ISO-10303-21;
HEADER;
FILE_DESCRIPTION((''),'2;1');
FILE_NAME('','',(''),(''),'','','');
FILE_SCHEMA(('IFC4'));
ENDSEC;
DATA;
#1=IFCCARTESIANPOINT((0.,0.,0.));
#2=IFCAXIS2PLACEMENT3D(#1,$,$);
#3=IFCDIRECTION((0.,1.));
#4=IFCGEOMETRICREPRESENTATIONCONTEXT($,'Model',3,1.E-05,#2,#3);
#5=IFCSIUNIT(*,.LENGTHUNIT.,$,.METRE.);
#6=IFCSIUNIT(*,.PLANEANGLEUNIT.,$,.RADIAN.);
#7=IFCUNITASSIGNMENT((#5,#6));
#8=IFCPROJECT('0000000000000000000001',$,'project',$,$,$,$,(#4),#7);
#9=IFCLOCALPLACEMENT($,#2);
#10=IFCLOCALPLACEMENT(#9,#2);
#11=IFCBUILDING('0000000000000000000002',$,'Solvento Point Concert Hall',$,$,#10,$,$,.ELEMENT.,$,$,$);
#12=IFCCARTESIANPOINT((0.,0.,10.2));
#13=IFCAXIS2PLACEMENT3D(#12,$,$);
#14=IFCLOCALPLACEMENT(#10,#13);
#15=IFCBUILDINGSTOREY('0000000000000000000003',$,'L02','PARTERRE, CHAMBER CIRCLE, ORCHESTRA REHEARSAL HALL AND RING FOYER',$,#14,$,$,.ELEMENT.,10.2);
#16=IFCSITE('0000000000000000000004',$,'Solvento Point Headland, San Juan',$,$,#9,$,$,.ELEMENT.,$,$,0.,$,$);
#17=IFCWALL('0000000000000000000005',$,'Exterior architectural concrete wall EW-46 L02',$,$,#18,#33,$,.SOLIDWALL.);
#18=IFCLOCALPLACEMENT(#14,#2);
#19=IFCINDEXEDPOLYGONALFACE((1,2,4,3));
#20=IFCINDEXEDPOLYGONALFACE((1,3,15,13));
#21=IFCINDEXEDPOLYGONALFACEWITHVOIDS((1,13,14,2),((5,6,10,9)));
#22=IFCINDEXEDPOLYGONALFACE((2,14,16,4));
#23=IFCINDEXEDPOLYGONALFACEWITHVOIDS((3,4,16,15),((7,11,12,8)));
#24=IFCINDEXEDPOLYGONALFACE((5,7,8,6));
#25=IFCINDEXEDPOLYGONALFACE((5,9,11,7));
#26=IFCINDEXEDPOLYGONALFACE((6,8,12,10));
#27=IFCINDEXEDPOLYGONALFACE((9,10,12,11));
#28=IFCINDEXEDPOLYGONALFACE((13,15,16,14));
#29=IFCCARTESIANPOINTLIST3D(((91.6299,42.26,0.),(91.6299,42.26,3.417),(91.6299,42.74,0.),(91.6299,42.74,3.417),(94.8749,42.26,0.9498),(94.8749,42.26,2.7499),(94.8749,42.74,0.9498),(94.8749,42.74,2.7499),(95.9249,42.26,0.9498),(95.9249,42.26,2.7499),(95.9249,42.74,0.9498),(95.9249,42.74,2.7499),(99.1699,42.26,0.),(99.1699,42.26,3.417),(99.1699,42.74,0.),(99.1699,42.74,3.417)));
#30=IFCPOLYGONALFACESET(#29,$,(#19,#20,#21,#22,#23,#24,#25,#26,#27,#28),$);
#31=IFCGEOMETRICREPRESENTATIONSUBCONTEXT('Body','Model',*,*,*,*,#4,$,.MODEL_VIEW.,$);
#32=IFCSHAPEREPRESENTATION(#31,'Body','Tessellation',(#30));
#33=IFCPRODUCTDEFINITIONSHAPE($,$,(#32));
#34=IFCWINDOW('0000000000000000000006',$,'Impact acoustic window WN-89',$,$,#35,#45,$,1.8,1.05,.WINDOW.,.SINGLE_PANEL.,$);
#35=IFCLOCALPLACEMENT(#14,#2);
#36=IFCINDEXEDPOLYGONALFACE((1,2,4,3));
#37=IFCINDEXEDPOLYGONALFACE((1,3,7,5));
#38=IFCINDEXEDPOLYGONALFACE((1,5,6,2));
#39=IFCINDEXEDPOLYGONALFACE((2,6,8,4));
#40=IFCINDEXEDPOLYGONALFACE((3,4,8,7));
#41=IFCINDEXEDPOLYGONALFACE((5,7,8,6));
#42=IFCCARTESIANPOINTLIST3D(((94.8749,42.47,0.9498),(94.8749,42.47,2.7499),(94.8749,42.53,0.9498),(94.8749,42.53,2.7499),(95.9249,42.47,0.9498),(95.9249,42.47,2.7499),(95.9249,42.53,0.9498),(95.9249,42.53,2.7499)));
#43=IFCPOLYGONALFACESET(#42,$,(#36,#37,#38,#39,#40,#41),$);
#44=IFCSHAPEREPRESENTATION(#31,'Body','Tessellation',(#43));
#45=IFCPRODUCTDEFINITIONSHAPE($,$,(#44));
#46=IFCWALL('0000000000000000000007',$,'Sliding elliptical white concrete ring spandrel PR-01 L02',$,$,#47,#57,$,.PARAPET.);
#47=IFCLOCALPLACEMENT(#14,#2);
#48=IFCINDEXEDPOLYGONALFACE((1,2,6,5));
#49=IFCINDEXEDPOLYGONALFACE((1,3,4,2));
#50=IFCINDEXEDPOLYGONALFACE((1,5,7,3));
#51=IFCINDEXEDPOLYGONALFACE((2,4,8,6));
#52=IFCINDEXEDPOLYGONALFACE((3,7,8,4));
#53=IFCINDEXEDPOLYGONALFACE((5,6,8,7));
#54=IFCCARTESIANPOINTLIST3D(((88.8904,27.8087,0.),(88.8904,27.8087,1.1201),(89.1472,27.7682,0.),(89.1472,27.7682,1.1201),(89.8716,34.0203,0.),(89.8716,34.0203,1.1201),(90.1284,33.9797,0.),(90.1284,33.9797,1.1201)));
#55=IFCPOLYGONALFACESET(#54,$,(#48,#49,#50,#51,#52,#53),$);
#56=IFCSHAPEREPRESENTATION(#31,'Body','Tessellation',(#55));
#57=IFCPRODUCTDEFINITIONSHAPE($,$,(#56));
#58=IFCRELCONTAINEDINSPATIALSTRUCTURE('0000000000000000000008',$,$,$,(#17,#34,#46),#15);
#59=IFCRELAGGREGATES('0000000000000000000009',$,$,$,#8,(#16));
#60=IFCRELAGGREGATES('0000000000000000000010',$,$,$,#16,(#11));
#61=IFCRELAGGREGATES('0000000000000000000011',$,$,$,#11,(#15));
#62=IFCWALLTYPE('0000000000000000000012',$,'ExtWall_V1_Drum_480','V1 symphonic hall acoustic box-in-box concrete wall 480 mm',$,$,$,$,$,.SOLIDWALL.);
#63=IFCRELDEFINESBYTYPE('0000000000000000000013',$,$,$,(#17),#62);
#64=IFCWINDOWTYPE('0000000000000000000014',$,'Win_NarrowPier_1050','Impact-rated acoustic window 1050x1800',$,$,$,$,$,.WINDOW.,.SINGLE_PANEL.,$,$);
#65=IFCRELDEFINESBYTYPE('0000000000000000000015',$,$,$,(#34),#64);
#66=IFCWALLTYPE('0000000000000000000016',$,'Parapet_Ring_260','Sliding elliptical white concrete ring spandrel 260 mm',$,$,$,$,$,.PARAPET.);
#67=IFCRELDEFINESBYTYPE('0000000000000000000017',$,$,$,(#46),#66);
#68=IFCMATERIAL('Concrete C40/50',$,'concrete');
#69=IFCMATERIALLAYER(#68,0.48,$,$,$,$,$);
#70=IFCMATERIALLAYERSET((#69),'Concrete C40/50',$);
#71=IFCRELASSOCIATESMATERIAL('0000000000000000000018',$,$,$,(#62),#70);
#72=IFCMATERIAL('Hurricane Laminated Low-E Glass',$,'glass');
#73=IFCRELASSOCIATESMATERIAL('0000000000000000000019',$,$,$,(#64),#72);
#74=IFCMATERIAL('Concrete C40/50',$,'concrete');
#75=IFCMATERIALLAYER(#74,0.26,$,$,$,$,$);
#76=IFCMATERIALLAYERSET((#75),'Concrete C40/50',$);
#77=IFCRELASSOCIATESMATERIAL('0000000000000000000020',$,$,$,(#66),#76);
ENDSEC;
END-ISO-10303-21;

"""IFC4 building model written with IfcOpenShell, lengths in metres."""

from ifc_helpers import new_model, si_unit, direction, frame, frame_2d, origin, place, context, subcontext, project, spatial, rectangle, extrude, material, layer, layer_set, type_object, element, fill, save


model = new_model("IFC4")

# Units and contexts
model_context = context("Model", 3, precision=1e-05, world=origin(), true_north=direction((0.0, 1.0)))
body_context = subcontext(model_context, "Body", "Model", "MODEL_VIEW")
ifc_project = project(units=[si_unit("LENGTHUNIT", "METRE"), si_unit("PLANEANGLEUNIT", "RADIAN")], contexts=[model_context])

# Site, building, storey
site_placement = place(None, origin())
site = spatial("IfcSite", under=ifc_project, at=site_placement, Name="Solvento Point Headland, San Juan", CompositionType="ELEMENT", RefElevation=0.0)
building_placement = place(site_placement, origin())
building = spatial("IfcBuilding", under=site, at=building_placement, Name="Solvento Point Concert Hall", CompositionType="ELEMENT")
storey_placement = place(building_placement, frame((0.0, 0.0, 10.2)))
storey = spatial("IfcBuildingStorey", under=building, at=storey_placement, Name="L02", Description="PARTERRE, CHAMBER CIRCLE, ORCHESTRA REHEARSAL HALL AND RING FOYER", CompositionType="ELEMENT", Elevation=10.2)

# Wall, opening, window
ifc_material_1 = material(Name="Concrete C40/50", Category="concrete")
ifc_layer_1 = layer(ifc_material_1, 0.48)
ifc_layer_set_1 = layer_set([ifc_layer_1], Name="Concrete C40/50")
wall_type_1 = type_object("IfcWallType", Name="ExtWall_V1_Drum_480", Description="V1 symphonic hall acoustic box-in-box concrete wall 480 mm", PredefinedType="SOLIDWALL", material=ifc_layer_set_1)
wall_1_placement = place(storey_placement, frame((99.1699, 42.5, 0.0), z_axis=(0.0, 0.0, 1.0), x_axis=(-1.0, 0.0, 0.0)))
wall_1 = element("IfcWall", 1, at=wall_1_placement, inside=storey, type_object=wall_type_1, Name="Exterior architectural concrete wall EW-46 L02", PredefinedType="SOLIDWALL", context=body_context, shape_type="SweptSolid", body=[
    extrude(rectangle(XDim=7.54, YDim=0.48, at=frame_2d((3.77, 0.0))), origin(), (0.0, 0.0, 1.0), 3.417),
])
opening_1_placement = place(wall_1_placement, frame((3.2451, 0.0, 0.95)))
opening_1 = element("IfcOpeningElement", 2, at=opening_1_placement, cuts=wall_1, PredefinedType="OPENING", context=body_context, shape_type="SweptSolid", body=[
    extrude(rectangle(XDim=1.05, YDim=1.8, at=frame_2d((0.5249, 0.8999))), frame((0.0, 0.25, 0.0), z_axis=(0.0, -1.0, 0.0), x_axis=(1.0, 0.0, 0.0)), (0.0, 0.0, 1.0), 0.5),
])
ifc_material_2 = material(Name="Hurricane Laminated Low-E Glass", Category="glass")
window_type_1 = type_object("IfcWindowType", Name="Win_NarrowPier_1050", Description="Impact-rated acoustic window 1050x1800", PartitioningType="SINGLE_PANEL", PredefinedType="WINDOW", material=ifc_material_2)
window_1_placement = place(opening_1_placement, origin())
window_1 = element("IfcWindow", 3, at=window_1_placement, inside=storey, type_object=window_type_1, Name="Impact acoustic window WN-89", OverallHeight=1.8, OverallWidth=1.05, PartitioningType="SINGLE_PANEL", PredefinedType="WINDOW", context=body_context, shape_type="SweptSolid", body=[
    extrude(rectangle(XDim=1.05, YDim=1.8, at=frame_2d((0.5249, 0.8999))), frame((0.0, 0.03, 0.0), z_axis=(0.0, -1.0, 0.0), x_axis=(1.0, 0.0, 0.0)), (0.0, 0.0, 1.0), 0.0601),
])
fill(opening_1, window_1)

# Wall
ifc_material_3 = material(Name="Concrete C40/50", Category="concrete")
ifc_layer_2 = layer(ifc_material_3, 0.26)
ifc_layer_set_2 = layer_set([ifc_layer_2], Name="Concrete C40/50")
wall_type_2 = type_object("IfcWallType", Name="Parapet_Ring_260", Description="Sliding elliptical white concrete ring spandrel 260 mm", PredefinedType="PARAPET", material=ifc_layer_set_2)
wall_2_placement = place(storey_placement, frame((90.0, 34.0, 0.0), z_axis=(0.0, 0.0, 1.0), x_axis=(-0.156026, -0.987753, 0.0)))
element("IfcWall", 4, at=wall_2_placement, inside=storey, type_object=wall_type_2, Name="Sliding elliptical white concrete ring spandrel PR-01 L02", PredefinedType="PARAPET", context=body_context, shape_type="SweptSolid", body=[
    extrude(rectangle(XDim=6.2886, YDim=0.26, at=frame_2d((3.1443, 0.0))), origin(), (0.0, 0.0, 1.0), 1.1201),
])

save(model, "model.ifc")
